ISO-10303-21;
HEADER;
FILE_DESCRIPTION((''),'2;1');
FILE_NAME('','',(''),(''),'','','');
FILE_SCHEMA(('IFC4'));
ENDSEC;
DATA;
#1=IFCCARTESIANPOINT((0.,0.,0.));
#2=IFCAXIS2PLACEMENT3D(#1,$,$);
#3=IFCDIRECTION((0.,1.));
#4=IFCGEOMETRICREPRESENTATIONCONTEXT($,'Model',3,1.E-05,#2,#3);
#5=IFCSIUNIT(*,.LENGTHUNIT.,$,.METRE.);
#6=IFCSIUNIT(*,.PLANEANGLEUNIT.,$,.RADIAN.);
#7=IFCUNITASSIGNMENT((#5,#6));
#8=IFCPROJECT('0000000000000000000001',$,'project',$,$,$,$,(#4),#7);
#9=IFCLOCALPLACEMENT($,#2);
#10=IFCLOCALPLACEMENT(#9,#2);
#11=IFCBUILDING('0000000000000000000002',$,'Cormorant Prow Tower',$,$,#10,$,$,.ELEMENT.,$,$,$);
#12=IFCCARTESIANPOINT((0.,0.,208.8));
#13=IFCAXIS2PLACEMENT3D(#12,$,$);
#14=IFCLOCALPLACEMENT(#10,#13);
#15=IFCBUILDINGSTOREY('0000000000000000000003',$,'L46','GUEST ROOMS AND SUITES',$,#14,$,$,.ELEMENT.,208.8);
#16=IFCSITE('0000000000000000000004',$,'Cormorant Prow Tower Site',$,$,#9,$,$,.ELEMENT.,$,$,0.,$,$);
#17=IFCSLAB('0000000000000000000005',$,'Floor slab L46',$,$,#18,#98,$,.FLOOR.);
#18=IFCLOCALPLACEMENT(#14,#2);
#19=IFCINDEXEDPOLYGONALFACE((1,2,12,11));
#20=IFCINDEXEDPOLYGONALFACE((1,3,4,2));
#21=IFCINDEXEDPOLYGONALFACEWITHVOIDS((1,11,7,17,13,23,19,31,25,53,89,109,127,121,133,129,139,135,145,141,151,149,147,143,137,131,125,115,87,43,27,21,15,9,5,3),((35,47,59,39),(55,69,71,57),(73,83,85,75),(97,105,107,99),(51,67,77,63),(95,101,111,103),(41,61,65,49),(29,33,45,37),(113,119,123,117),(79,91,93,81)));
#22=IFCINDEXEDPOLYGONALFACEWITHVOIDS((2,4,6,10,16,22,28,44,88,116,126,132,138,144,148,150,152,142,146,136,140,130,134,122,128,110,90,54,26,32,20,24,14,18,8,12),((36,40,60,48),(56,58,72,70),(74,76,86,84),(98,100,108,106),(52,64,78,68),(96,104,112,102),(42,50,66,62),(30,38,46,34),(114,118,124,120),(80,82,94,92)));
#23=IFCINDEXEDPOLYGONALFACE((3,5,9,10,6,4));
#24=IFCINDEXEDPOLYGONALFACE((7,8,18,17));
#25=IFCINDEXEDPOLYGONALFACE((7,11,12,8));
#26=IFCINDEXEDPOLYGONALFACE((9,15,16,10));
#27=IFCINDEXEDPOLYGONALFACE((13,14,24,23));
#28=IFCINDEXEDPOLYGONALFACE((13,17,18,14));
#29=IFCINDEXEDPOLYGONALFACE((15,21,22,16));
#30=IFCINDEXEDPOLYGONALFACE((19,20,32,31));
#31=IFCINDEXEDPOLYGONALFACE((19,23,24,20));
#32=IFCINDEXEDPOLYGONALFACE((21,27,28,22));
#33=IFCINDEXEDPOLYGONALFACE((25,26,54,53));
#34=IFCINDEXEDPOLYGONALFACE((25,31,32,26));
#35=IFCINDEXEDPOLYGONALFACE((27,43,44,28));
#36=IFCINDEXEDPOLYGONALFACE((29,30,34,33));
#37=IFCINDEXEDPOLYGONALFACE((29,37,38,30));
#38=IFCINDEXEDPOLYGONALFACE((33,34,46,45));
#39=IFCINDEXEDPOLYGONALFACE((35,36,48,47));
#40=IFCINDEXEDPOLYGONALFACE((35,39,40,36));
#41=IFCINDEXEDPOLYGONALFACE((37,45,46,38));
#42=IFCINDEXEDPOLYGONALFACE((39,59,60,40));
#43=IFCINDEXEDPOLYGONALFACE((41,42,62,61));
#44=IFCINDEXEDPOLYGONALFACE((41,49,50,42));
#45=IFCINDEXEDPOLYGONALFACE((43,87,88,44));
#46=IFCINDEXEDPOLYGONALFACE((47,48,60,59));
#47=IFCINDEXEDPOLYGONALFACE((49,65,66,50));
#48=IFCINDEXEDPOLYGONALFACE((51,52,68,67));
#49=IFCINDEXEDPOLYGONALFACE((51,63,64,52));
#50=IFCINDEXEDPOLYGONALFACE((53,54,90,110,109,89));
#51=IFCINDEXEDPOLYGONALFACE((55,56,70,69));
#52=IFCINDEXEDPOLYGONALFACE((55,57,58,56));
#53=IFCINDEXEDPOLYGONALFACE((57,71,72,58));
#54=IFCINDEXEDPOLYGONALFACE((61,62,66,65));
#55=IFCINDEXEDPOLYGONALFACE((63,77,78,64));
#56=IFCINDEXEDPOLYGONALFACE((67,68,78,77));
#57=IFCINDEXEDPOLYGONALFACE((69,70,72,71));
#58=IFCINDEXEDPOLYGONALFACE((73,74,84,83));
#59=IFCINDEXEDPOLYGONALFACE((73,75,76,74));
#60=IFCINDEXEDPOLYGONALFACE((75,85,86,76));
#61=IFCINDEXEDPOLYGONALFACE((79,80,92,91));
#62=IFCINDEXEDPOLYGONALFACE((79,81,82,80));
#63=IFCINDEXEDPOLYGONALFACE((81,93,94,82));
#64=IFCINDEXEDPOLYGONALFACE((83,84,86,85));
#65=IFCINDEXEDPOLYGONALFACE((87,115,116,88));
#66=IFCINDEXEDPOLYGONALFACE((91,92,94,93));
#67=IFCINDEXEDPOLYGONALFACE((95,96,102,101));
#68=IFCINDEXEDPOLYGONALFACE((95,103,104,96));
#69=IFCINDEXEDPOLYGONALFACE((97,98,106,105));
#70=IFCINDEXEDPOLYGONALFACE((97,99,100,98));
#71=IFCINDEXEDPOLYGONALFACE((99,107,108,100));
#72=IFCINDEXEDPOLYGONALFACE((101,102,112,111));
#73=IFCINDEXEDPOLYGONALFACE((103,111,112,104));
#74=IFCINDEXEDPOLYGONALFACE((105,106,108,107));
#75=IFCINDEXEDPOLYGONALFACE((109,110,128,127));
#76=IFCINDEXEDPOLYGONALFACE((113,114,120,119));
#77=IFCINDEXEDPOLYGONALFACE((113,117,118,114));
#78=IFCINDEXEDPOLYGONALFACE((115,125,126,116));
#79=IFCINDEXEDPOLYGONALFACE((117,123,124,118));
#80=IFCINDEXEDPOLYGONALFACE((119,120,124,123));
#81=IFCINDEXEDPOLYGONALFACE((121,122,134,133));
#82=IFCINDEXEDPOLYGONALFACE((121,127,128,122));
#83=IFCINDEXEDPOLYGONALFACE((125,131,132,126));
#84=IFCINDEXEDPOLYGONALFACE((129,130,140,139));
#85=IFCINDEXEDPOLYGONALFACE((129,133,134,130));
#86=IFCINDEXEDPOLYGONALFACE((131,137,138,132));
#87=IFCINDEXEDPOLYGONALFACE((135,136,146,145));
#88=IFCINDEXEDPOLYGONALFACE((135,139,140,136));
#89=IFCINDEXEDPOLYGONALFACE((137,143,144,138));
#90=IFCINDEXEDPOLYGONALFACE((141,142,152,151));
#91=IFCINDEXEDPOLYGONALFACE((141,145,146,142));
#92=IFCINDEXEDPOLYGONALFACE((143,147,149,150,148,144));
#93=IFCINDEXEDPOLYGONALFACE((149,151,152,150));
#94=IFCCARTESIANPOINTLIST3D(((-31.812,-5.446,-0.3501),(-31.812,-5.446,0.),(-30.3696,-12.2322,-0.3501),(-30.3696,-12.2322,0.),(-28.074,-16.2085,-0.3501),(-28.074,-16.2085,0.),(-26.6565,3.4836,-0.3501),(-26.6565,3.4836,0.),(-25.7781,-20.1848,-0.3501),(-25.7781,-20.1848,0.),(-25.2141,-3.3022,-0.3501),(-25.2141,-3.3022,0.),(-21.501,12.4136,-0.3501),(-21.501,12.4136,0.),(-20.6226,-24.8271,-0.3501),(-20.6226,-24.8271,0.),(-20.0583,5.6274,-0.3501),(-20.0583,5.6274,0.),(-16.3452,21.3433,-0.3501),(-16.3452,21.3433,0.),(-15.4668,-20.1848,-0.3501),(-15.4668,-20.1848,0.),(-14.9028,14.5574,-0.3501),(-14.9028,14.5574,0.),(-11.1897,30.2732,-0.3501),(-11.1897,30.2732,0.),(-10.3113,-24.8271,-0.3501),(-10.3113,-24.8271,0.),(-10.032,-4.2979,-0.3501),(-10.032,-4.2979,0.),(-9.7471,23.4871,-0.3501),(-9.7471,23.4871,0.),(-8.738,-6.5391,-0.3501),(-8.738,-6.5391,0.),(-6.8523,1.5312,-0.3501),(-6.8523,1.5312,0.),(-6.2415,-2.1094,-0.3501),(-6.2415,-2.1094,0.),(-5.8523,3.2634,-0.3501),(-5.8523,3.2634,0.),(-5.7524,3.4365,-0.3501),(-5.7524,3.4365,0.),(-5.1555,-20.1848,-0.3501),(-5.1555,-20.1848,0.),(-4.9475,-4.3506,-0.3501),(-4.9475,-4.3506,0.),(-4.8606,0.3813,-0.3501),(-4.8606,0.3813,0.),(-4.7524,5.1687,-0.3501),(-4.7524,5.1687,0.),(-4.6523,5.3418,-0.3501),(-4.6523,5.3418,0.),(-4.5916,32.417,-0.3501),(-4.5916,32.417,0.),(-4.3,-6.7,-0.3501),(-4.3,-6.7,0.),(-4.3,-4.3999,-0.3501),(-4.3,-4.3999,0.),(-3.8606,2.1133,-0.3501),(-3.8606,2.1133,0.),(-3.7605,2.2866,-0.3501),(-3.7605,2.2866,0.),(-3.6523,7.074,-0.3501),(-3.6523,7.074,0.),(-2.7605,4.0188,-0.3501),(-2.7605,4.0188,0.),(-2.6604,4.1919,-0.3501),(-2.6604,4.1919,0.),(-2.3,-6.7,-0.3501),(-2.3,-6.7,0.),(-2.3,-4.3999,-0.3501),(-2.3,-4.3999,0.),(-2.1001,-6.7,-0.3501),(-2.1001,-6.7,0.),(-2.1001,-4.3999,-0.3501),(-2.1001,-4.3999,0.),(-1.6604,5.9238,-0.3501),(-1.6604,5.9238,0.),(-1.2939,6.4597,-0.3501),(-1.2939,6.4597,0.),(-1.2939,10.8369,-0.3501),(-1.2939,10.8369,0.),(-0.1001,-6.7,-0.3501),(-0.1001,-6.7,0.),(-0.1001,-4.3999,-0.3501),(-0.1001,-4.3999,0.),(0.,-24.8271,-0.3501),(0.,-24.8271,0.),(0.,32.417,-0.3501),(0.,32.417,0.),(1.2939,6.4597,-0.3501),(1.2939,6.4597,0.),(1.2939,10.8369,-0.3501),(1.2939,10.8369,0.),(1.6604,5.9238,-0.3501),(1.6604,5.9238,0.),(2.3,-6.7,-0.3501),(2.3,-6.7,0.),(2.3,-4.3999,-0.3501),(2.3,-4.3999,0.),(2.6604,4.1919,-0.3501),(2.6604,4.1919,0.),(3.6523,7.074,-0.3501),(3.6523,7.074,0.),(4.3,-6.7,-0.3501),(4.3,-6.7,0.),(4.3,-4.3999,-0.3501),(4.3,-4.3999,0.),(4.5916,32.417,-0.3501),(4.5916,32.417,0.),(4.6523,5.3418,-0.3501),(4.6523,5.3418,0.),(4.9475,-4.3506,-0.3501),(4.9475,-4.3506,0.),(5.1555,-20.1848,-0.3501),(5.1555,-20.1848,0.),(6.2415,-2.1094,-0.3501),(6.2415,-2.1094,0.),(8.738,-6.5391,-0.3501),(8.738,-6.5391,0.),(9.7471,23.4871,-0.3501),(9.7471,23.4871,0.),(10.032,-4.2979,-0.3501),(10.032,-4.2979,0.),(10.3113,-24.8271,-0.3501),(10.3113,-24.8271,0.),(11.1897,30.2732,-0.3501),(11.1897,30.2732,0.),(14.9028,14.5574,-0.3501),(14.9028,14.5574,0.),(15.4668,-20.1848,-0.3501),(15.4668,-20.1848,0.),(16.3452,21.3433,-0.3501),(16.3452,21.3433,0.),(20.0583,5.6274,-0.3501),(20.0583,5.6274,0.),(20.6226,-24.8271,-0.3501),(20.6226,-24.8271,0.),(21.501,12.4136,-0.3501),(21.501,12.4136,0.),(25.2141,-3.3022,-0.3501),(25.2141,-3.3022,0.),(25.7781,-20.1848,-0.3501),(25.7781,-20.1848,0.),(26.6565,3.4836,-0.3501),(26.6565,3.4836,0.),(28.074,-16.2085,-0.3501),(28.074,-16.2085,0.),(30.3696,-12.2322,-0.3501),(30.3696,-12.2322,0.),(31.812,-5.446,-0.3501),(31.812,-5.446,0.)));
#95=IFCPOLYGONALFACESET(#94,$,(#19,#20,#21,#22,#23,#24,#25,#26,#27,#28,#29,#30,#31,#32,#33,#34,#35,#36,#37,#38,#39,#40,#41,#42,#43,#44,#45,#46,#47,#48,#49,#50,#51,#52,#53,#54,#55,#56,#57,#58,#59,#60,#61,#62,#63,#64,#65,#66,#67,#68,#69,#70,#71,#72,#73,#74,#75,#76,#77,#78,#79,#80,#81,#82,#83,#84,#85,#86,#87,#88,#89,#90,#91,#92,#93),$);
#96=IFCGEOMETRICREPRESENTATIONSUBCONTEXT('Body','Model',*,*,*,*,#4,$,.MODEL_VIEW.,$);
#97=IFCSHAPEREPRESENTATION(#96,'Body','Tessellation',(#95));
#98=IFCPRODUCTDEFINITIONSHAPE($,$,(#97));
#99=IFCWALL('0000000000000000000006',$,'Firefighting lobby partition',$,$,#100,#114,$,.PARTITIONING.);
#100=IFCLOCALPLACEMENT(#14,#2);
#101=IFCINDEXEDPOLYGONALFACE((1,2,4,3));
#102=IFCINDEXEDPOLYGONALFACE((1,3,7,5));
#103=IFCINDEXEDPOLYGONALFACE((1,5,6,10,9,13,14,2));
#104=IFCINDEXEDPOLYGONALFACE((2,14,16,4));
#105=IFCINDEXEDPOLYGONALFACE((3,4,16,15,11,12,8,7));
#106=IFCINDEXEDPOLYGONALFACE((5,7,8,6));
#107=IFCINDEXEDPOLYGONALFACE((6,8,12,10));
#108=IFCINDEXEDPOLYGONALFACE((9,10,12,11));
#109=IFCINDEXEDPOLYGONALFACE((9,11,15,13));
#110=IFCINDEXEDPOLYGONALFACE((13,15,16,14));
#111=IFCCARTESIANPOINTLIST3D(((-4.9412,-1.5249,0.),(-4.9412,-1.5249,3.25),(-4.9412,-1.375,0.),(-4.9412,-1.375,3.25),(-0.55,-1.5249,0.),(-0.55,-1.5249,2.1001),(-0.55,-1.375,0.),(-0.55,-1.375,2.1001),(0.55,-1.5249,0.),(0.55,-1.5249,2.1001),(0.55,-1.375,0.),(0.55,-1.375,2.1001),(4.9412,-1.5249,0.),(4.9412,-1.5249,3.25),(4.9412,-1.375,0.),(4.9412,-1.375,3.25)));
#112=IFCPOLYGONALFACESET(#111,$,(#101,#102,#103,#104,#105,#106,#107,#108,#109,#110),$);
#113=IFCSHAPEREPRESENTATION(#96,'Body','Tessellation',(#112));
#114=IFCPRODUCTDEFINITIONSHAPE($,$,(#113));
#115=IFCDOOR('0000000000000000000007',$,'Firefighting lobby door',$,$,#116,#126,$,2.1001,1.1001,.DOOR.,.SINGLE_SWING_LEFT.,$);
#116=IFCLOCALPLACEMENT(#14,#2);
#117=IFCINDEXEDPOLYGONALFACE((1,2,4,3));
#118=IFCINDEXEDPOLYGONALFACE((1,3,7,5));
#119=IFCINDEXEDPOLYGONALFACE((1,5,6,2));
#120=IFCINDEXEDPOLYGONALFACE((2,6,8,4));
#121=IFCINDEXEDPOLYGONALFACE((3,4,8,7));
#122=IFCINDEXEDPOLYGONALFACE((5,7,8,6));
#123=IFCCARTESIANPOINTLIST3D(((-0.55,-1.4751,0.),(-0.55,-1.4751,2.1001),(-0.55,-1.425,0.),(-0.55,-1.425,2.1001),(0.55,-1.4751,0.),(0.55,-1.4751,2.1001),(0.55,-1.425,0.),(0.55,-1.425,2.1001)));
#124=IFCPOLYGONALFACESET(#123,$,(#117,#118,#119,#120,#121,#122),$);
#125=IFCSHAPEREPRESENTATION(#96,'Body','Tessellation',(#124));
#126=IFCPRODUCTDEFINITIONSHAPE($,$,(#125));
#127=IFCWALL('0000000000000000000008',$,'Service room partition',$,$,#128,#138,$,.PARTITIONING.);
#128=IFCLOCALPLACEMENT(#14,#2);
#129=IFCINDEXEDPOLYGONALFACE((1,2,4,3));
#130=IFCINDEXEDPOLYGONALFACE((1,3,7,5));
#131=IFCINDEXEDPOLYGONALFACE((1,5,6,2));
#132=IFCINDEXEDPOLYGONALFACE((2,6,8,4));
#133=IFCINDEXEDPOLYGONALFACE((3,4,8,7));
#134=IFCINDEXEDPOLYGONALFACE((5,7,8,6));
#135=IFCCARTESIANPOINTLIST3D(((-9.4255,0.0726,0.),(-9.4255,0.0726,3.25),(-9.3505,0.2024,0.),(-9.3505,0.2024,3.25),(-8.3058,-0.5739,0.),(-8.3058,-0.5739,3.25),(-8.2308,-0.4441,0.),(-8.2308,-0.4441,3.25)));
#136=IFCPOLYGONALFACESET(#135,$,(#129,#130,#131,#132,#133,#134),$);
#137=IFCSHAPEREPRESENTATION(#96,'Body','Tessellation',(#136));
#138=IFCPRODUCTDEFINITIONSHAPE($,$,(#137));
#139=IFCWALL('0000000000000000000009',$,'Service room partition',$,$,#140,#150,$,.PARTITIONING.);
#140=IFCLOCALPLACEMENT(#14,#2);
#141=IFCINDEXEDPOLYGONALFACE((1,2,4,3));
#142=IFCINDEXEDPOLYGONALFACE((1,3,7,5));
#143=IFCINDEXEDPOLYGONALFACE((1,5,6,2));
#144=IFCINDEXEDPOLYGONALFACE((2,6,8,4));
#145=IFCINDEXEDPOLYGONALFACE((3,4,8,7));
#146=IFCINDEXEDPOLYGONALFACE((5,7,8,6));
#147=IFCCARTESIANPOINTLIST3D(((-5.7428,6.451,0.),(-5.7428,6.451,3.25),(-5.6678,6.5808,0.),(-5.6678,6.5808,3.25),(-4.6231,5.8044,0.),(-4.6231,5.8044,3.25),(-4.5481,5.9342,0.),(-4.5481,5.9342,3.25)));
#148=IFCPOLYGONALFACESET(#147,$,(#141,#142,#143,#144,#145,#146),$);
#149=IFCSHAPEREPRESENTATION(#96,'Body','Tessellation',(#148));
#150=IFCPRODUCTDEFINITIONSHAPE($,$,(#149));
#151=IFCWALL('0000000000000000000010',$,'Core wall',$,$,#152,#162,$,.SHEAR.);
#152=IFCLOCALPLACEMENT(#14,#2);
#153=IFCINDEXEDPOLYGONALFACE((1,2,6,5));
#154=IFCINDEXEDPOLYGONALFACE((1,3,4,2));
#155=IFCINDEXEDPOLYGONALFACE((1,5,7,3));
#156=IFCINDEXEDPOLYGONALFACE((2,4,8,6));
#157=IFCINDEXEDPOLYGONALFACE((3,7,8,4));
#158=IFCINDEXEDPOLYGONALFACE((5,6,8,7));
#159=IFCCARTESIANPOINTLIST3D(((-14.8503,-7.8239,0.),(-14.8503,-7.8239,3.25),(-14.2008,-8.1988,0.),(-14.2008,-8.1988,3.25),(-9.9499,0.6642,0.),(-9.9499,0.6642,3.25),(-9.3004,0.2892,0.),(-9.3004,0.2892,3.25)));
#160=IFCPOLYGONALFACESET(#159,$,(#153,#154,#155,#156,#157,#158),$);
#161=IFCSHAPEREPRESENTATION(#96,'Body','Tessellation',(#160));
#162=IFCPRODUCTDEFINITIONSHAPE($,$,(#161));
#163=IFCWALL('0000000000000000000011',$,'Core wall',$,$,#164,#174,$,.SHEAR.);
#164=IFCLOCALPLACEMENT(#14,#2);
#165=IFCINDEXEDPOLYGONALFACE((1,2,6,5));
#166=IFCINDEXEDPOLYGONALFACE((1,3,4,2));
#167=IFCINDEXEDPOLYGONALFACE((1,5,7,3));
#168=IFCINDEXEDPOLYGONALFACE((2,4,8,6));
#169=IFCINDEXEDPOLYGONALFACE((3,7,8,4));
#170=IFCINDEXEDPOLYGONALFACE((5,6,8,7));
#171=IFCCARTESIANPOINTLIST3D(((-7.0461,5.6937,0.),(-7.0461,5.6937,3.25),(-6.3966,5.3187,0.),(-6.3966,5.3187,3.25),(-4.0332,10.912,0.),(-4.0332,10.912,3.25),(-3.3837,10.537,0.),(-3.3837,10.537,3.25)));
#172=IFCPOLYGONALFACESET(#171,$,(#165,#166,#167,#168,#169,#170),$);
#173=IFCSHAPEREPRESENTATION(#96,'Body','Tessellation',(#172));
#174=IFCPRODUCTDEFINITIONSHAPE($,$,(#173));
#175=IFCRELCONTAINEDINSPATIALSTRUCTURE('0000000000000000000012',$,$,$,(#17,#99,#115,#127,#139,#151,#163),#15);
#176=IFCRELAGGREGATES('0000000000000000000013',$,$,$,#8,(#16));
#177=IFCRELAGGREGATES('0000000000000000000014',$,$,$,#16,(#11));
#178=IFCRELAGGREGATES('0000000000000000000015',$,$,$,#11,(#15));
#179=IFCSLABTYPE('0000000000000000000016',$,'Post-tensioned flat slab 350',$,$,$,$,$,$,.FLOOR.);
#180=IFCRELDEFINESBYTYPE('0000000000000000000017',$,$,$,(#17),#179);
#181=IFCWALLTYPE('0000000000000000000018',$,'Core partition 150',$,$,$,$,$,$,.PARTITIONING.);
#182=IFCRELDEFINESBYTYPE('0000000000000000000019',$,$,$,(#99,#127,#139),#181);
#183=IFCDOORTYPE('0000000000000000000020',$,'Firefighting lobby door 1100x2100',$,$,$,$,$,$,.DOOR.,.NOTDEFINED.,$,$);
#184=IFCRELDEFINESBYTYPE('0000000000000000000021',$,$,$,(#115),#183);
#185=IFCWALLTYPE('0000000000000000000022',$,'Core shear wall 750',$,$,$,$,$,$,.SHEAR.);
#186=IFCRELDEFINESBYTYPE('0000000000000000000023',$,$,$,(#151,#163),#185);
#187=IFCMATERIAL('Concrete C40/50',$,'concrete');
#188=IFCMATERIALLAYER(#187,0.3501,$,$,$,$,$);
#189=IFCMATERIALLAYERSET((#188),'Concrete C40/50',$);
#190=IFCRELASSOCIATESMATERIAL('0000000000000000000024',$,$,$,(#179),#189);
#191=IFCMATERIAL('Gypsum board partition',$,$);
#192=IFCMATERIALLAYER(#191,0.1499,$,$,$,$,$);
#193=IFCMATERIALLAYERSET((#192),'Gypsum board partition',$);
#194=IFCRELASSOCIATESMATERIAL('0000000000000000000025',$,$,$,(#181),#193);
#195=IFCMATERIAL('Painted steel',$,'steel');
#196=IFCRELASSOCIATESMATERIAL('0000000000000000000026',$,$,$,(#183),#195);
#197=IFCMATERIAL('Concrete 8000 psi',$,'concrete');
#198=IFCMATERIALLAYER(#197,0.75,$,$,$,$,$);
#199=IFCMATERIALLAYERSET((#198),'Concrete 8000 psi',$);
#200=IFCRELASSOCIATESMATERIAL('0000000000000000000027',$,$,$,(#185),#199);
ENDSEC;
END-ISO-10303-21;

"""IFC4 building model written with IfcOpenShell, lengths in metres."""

from ifc_helpers import new_model, si_unit, direction, frame, frame_2d, origin, place, context, subcontext, project, spatial, polyline, rectangle, outline, extrude, material, layer, layer_set, type_object, element, fill, save


model = new_model("IFC4")

# Units and contexts
model_context = context("Model", 3, precision=1e-05, world=origin(), true_north=direction((0.0, 1.0)))
body_context = subcontext(model_context, "Body", "Model", "MODEL_VIEW")
ifc_project = project(units=[si_unit("LENGTHUNIT", "METRE"), si_unit("PLANEANGLEUNIT", "RADIAN")], contexts=[model_context])

# Site, building, storey
site_placement = place(None, origin())
site = spatial("IfcSite", under=ifc_project, at=site_placement, Name="Cormorant Prow Tower Site", CompositionType="ELEMENT", RefElevation=0.0)
building_placement = place(site_placement, origin())
building = spatial("IfcBuilding", under=site, at=building_placement, Name="Cormorant Prow Tower", CompositionType="ELEMENT")
storey_placement = place(building_placement, frame((0.0, 0.0, 208.8)))
storey = spatial("IfcBuildingStorey", under=building, at=storey_placement, Name="L46", Description="GUEST ROOMS AND SUITES", CompositionType="ELEMENT", Elevation=208.8)

# Slab
ifc_material_1 = material(Name="Concrete C40/50", Category="concrete")
ifc_layer_1 = layer(ifc_material_1, 0.3501)
ifc_layer_set_1 = layer_set([ifc_layer_1], Name="Concrete C40/50")
slab_type_1 = type_object("IfcSlabType", Name="Post-tensioned flat slab 350", PredefinedType="FLOOR", material=ifc_layer_set_1)
slab_1_placement = place(storey_placement, frame((0.0, 0.0, -0.3501)))
element("IfcSlab", 1, at=slab_1_placement, inside=storey, type_object=slab_type_1, Name="Floor slab L46", PredefinedType="FLOOR", context=body_context, shape_type="SweptSolid", body=[
    extrude(outline(polyline([(-9.7471, 23.4871), (-16.3452, 21.3433), (-14.9028, 14.5574), (-21.501, 12.4136), (-20.0583, 5.6274), (-26.6565, 3.4836), (-25.2141, -3.3022), (-31.812, -5.446), (-30.3696, -12.2322), (-28.074, -16.2085), (-25.7781, -20.1848), (-20.6226, -24.8271), (-15.4668, -20.1848), (-10.3113, -24.8271), (-5.1555, -20.1848), (0.0, -24.8271), (5.1555, -20.1848), (10.3113, -24.8271), (15.4668, -20.1848), (20.6226, -24.8271), (25.7781, -20.1848), (28.074, -16.2085), (30.3696, -12.2322), (31.812, -5.446), (25.2141, -3.3022), (26.6565, 3.4836), (20.0583, 5.6274), (21.501, 12.4136), (14.9028, 14.5574), (16.3452, 21.3433), (9.7471, 23.4871), (11.1897, 30.2732), (4.5916, 32.417), (0.0, 32.417), (-4.5916, 32.417), (-11.1897, 30.2732), (-9.7471, 23.4871)]), holes=[polyline([(-4.3, -4.3999), (-2.3, -4.3999), (-2.3, -6.7), (-4.3, -6.7), (-4.3, -4.3999)]), polyline([(-0.1001, -4.3999), (-0.1001, -6.7), (-2.1001, -6.7), (-2.1001, -4.3999), (-0.1001, -4.3999)]), polyline([(4.3, -6.7), (2.3, -6.7), (2.3, -4.3999), (4.3, -4.3999), (4.3, -6.7)]), polyline([(4.6523, 5.3418), (2.6604, 4.1919), (1.6604, 5.9238), (3.6523, 7.074), (4.6523, 5.3418)]), polyline([(-1.6604, 5.9238), (-2.6604, 4.1919), (-4.6523, 5.3418), (-3.6523, 7.074), (-1.6604, 5.9238)]), polyline([(-3.7605, 2.2866), (-5.7524, 3.4365), (-4.7524, 5.1687), (-2.7605, 4.0188), (-3.7605, 2.2866)]), polyline([(-6.8523, 1.5312), (-5.8523, 3.2634), (-3.8606, 2.1133), (-4.8606, 0.3813), (-6.8523, 1.5312)]), polyline([(-4.9475, -4.3506), (-8.738, -6.5391), (-10.032, -4.2979), (-6.2415, -2.1094), (-4.9475, -4.3506)]), polyline([(10.032, -4.2979), (8.738, -6.5391), (4.9475, -4.3506), (6.2415, -2.1094), (10.032, -4.2979)]), polyline([(1.2939, 10.8369), (1.2939, 6.4597), (-1.2939, 6.4597), (-1.2939, 10.8369), (1.2939, 10.8369)])]), origin(), (0.0, 0.0, 1.0), 0.3501),
])

# Wall, opening, door
ifc_material_2 = material(Name="Gypsum board partition")
ifc_layer_2 = layer(ifc_material_2, 0.1499)
ifc_layer_set_2 = layer_set([ifc_layer_2], Name="Gypsum board partition")
wall_type_1 = type_object("IfcWallType", Name="Core partition 150", PredefinedType="PARTITIONING", material=ifc_layer_set_2)
wall_1_placement = place(storey_placement, frame((-4.9412, -1.45, 0.0), z_axis=(0.0, 0.0, 1.0), x_axis=(1.0, 0.0, 0.0)))
wall_1 = element("IfcWall", 2, at=wall_1_placement, inside=storey, type_object=wall_type_1, Name="Firefighting lobby partition", PredefinedType="PARTITIONING", context=body_context, shape_type="SweptSolid", body=[
    extrude(rectangle(XDim=9.8823, YDim=0.1499, at=frame_2d((4.9412, 0.0))), origin(), (0.0, 0.0, 1.0), 3.25),
])
opening_1_placement = place(wall_1_placement, frame((4.3911, 0.0, 0.0)))
opening_1 = element("IfcOpeningElement", 3, at=opening_1_placement, cuts=wall_1, PredefinedType="OPENING", context=body_context, shape_type="SweptSolid", body=[
    extrude(rectangle(XDim=1.1001, YDim=2.1001, at=frame_2d((0.55, 1.05))), frame((0.0, 0.085, 0.0), z_axis=(0.0, -1.0, 0.0), x_axis=(1.0, 0.0, 0.0)), (0.0, 0.0, 1.0), 0.1699),
])
ifc_material_3 = material(Name="Painted steel", Category="steel")
door_type_1 = type_object("IfcDoorType", Name="Firefighting lobby door 1100x2100", OperationType="NOTDEFINED", PredefinedType="DOOR", material=ifc_material_3)
door_1_placement = place(opening_1_placement, origin())
door_1 = element("IfcDoor", 4, at=door_1_placement, inside=storey, type_object=door_type_1, Name="Firefighting lobby door", OperationType="SINGLE_SWING_LEFT", OverallHeight=2.1001, OverallWidth=1.1001, PredefinedType="DOOR", context=body_context, shape_type="SweptSolid", body=[
    extrude(rectangle(XDim=1.1001, YDim=2.1001, at=frame_2d((0.55, 1.05))), frame((0.0, 0.0249, 0.0), z_axis=(0.0, -1.0, 0.0), x_axis=(1.0, 0.0, 0.0)), (0.0, 0.0, 1.0), 0.05),
])
fill(opening_1, door_1)

# Walls
for number, where, z_axis, x_axis, name in (
    (5, (-8.2683, -0.509, 0.0), (0.0, 0.0, 1.0), (-0.866003, 0.500038, 0.0), "Service room partition"),
    (6, (-5.7053, 6.5159, 0.0), (0.0, 0.0, 1.0), (0.866003, -0.500038, 0.0), "Service room partition"),
):
    element("IfcWall", number, at=place(storey_placement, frame(where, z_axis=z_axis, x_axis=x_axis)), inside=storey, type_object=wall_type_1, Name=name, PredefinedType="PARTITIONING", context=body_context, shape_type="SweptSolid", body=[
        extrude(rectangle(XDim=1.293, YDim=0.1499, at=frame_2d((0.6465, 0.0))), origin(), (0.0, 0.0, 1.0), 3.25),
    ])
ifc_material_4 = material(Name="Concrete 8000 psi", Category="concrete")
ifc_layer_3 = layer(ifc_material_4, 0.75)
ifc_layer_set_3 = layer_set([ifc_layer_3], Name="Concrete 8000 psi")
wall_type_2 = type_object("IfcWallType", Name="Core shear wall 750", PredefinedType="SHEAR", material=ifc_layer_set_3)
wall_2_placement = place(storey_placement, frame((-9.6252, 0.4766, 0.0), z_axis=(0.0, 0.0, 1.0), x_axis=(-0.499986, -0.866033, 0.0)))
element("IfcWall", 7, at=wall_2_placement, inside=storey, type_object=wall_type_2, Name="Core wall", PredefinedType="SHEAR", context=body_context, shape_type="SweptSolid", body=[
    extrude(rectangle(XDim=9.801, YDim=0.75, at=frame_2d((4.9004, 0.0))), origin(), (0.0, 0.0, 1.0), 3.25),
])
wall_3_placement = place(storey_placement, frame((-3.7085, 10.7244, 0.0), z_axis=(0.0, 0.0, 1.0), x_axis=(-0.500022, -0.866013, 0.0)))
element("IfcWall", 8, at=wall_3_placement, inside=storey, type_object=wall_type_2, Name="Core wall", PredefinedType="SHEAR", context=body_context, shape_type="SweptSolid", body=[
    extrude(rectangle(XDim=6.0256, YDim=0.75, at=frame_2d((3.0127, 0.0))), origin(), (0.0, 0.0, 1.0), 3.25),
])

save(model, "model.ifc")
